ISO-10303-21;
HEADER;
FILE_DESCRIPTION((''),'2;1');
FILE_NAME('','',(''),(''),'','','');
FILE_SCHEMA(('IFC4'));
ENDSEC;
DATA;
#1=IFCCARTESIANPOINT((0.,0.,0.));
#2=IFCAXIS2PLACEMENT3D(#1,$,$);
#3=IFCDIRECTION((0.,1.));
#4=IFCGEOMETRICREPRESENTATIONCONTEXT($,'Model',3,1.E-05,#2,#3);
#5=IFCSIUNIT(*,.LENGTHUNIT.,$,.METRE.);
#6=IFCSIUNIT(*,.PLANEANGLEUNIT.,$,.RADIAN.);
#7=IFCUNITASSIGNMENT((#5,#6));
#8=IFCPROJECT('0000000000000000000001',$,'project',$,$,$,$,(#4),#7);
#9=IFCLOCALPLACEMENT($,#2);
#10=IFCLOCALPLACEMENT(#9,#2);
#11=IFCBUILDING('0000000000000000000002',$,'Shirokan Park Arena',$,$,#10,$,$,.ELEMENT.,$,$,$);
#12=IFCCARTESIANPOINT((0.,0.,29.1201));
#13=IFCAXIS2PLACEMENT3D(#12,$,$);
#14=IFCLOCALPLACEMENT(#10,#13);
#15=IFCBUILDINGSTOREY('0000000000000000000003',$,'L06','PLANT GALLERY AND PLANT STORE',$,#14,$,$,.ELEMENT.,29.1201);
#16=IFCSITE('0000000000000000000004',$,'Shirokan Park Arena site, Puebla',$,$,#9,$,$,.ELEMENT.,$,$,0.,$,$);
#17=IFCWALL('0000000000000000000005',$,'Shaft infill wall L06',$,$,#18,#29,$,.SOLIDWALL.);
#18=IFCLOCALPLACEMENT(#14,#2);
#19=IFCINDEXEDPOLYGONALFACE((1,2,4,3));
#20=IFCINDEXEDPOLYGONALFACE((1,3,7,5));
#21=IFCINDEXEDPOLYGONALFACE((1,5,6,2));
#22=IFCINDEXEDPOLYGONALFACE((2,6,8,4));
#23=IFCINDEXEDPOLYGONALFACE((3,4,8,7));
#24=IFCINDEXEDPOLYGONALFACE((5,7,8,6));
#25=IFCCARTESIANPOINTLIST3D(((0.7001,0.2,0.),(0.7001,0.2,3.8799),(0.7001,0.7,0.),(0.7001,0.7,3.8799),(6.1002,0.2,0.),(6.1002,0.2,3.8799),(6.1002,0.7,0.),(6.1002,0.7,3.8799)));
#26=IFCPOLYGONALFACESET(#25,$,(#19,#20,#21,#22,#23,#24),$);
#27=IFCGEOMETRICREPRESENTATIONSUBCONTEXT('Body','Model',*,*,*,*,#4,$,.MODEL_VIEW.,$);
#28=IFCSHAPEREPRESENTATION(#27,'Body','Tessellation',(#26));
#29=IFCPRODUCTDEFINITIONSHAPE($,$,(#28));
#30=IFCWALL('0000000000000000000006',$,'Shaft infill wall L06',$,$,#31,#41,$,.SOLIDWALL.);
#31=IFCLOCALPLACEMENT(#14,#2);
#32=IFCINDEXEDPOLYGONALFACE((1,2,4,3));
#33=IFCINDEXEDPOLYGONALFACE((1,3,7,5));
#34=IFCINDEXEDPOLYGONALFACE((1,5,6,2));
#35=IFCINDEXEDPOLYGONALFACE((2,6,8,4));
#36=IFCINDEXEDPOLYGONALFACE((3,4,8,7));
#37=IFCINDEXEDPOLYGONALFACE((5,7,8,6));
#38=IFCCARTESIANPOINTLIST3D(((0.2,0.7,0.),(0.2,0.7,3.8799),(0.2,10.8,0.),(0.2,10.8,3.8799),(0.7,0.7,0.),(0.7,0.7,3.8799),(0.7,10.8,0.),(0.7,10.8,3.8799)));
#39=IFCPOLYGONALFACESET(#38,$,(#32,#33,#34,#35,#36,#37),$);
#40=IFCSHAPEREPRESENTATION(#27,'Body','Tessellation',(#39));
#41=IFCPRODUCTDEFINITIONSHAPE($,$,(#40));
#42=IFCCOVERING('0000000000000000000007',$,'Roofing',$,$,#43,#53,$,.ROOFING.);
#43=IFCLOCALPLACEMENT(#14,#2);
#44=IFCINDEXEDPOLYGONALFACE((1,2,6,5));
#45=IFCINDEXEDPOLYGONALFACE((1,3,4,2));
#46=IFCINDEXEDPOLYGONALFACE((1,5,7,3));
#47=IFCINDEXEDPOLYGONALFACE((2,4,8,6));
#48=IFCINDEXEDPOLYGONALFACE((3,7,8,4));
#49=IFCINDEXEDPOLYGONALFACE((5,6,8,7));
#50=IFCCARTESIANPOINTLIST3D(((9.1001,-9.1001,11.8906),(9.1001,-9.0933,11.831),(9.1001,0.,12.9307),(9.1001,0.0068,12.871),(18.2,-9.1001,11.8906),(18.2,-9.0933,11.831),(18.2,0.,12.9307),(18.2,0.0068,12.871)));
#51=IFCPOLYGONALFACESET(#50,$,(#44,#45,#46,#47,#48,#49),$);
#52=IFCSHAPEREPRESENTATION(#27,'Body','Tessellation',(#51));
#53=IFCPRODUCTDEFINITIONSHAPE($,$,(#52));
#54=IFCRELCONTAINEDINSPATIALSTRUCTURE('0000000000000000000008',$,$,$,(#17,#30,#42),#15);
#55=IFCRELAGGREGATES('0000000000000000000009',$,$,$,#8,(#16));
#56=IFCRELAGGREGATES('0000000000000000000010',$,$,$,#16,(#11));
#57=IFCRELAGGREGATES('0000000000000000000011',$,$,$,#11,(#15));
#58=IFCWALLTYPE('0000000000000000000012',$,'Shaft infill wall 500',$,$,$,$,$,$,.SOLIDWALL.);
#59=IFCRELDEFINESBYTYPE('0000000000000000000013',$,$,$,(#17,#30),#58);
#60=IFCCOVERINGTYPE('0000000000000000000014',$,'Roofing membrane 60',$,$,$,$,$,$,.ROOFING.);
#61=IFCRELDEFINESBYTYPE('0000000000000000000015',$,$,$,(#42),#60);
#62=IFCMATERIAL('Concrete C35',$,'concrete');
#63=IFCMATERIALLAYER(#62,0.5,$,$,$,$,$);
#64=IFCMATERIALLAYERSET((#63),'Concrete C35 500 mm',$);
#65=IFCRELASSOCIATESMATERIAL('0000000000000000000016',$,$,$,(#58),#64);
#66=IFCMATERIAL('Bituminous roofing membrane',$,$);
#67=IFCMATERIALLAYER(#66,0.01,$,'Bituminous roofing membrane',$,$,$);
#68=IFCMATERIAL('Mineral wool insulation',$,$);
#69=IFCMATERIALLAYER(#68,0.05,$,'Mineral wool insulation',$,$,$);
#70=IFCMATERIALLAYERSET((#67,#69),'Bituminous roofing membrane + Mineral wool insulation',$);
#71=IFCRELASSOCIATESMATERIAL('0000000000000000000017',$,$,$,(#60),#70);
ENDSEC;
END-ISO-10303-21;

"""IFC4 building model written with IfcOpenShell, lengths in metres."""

from ifc_helpers import new_model, si_unit, direction, frame, frame_2d, origin, place, context, subcontext, project, spatial, polyline, rectangle, outline, extrude, material, layer, layer_set, type_object, element, save


model = new_model("IFC4")

# Units and contexts
model_context = context("Model", 3, precision=1e-05, world=origin(), true_north=direction((0.0, 1.0)))
body_context = subcontext(model_context, "Body", "Model", "MODEL_VIEW")
ifc_project = project(units=[si_unit("LENGTHUNIT", "METRE"), si_unit("PLANEANGLEUNIT", "RADIAN")], contexts=[model_context])

# Site, building, storey
site_placement = place(None, origin())
site = spatial("IfcSite", under=ifc_project, at=site_placement, Name="Shirokan Park Arena site, Puebla", CompositionType="ELEMENT", RefElevation=0.0)
building_placement = place(site_placement, origin())
building = spatial("IfcBuilding", under=site, at=building_placement, Name="Shirokan Park Arena", CompositionType="ELEMENT")
storey_placement = place(building_placement, frame((0.0, 0.0, 29.1201)))
storey = spatial("IfcBuildingStorey", under=building, at=storey_placement, Name="L06", Description="PLANT GALLERY AND PLANT STORE", CompositionType="ELEMENT", Elevation=29.1201)

# Shared definitions
ifc_material_1 = material(Name="Concrete C35", Category="concrete")

# Walls
ifc_material_2 = material(Name="Mineral wool insulation")
ifc_layer_1 = layer(ifc_material_1, 0.5)
ifc_layer_set_1 = layer_set([ifc_layer_1], Name="Concrete C35 500 mm")
wall_type_1 = type_object("IfcWallType", Name="Shaft infill wall 500", PredefinedType="SOLIDWALL", material=ifc_layer_set_1)
wall_1_placement = place(storey_placement, frame((0.7, 0.45, 0.0), z_axis=(0.0, 0.0, 1.0), x_axis=(1.0, 0.0, 0.0)))
element("IfcWall", 1, at=wall_1_placement, inside=storey, type_object=wall_type_1, Name="Shaft infill wall L06", PredefinedType="SOLIDWALL", context=body_context, shape_type="SweptSolid", body=[
    extrude(rectangle(XDim=5.4001, YDim=0.5, at=frame_2d((2.7002, 0.0))), origin(), (0.0, 0.0, 1.0), 3.8799),
])
wall_2_placement = place(storey_placement, frame((0.45, 0.7, 0.0), z_axis=(0.0, 0.0, 1.0), x_axis=(0.0, 1.0, 0.0)))
element("IfcWall", 2, at=wall_2_placement, inside=storey, type_object=wall_type_1, Name="Shaft infill wall L06", PredefinedType="SOLIDWALL", context=body_context, shape_type="SweptSolid", body=[
    extrude(rectangle(XDim=10.1001, YDim=0.5, at=frame_2d((5.05, 0.0))), origin(), (0.0, 0.0, 1.0), 3.8799),
])

# Covering
ifc_material_3 = material(Name="Bituminous roofing membrane")
ifc_layer_2 = layer(ifc_material_3, 0.01, Name="Bituminous roofing membrane")
ifc_layer_3 = layer(ifc_material_2, 0.05, Name="Mineral wool insulation")
ifc_layer_set_2 = layer_set([ifc_layer_2, ifc_layer_3], Name="Bituminous roofing membrane + Mineral wool insulation")
covering_type_1 = type_object("IfcCoveringType", Name="Roofing membrane 60", PredefinedType="ROOFING", material=ifc_layer_set_2)
covering_1_placement = place(storey_placement, frame((9.1001, -9.1001, 11.8906), z_axis=(0.0, -0.11355, 0.993532), x_axis=(1.0, 0.0, 0.0)))
element("IfcCovering", 3, at=covering_1_placement, inside=storey, type_object=covering_type_1, Name="Roofing", PredefinedType="ROOFING", context=body_context, shape_type="SweptSolid", body=[
    extrude(outline(polyline([(0.0, 0.0), (9.0999, 0.0), (9.0999, 9.1593), (0.0, 9.1593), (0.0, 0.0)])), origin(), (0.0, 0.0, -1.0), 0.0601),
])

save(model, "model.ifc")
